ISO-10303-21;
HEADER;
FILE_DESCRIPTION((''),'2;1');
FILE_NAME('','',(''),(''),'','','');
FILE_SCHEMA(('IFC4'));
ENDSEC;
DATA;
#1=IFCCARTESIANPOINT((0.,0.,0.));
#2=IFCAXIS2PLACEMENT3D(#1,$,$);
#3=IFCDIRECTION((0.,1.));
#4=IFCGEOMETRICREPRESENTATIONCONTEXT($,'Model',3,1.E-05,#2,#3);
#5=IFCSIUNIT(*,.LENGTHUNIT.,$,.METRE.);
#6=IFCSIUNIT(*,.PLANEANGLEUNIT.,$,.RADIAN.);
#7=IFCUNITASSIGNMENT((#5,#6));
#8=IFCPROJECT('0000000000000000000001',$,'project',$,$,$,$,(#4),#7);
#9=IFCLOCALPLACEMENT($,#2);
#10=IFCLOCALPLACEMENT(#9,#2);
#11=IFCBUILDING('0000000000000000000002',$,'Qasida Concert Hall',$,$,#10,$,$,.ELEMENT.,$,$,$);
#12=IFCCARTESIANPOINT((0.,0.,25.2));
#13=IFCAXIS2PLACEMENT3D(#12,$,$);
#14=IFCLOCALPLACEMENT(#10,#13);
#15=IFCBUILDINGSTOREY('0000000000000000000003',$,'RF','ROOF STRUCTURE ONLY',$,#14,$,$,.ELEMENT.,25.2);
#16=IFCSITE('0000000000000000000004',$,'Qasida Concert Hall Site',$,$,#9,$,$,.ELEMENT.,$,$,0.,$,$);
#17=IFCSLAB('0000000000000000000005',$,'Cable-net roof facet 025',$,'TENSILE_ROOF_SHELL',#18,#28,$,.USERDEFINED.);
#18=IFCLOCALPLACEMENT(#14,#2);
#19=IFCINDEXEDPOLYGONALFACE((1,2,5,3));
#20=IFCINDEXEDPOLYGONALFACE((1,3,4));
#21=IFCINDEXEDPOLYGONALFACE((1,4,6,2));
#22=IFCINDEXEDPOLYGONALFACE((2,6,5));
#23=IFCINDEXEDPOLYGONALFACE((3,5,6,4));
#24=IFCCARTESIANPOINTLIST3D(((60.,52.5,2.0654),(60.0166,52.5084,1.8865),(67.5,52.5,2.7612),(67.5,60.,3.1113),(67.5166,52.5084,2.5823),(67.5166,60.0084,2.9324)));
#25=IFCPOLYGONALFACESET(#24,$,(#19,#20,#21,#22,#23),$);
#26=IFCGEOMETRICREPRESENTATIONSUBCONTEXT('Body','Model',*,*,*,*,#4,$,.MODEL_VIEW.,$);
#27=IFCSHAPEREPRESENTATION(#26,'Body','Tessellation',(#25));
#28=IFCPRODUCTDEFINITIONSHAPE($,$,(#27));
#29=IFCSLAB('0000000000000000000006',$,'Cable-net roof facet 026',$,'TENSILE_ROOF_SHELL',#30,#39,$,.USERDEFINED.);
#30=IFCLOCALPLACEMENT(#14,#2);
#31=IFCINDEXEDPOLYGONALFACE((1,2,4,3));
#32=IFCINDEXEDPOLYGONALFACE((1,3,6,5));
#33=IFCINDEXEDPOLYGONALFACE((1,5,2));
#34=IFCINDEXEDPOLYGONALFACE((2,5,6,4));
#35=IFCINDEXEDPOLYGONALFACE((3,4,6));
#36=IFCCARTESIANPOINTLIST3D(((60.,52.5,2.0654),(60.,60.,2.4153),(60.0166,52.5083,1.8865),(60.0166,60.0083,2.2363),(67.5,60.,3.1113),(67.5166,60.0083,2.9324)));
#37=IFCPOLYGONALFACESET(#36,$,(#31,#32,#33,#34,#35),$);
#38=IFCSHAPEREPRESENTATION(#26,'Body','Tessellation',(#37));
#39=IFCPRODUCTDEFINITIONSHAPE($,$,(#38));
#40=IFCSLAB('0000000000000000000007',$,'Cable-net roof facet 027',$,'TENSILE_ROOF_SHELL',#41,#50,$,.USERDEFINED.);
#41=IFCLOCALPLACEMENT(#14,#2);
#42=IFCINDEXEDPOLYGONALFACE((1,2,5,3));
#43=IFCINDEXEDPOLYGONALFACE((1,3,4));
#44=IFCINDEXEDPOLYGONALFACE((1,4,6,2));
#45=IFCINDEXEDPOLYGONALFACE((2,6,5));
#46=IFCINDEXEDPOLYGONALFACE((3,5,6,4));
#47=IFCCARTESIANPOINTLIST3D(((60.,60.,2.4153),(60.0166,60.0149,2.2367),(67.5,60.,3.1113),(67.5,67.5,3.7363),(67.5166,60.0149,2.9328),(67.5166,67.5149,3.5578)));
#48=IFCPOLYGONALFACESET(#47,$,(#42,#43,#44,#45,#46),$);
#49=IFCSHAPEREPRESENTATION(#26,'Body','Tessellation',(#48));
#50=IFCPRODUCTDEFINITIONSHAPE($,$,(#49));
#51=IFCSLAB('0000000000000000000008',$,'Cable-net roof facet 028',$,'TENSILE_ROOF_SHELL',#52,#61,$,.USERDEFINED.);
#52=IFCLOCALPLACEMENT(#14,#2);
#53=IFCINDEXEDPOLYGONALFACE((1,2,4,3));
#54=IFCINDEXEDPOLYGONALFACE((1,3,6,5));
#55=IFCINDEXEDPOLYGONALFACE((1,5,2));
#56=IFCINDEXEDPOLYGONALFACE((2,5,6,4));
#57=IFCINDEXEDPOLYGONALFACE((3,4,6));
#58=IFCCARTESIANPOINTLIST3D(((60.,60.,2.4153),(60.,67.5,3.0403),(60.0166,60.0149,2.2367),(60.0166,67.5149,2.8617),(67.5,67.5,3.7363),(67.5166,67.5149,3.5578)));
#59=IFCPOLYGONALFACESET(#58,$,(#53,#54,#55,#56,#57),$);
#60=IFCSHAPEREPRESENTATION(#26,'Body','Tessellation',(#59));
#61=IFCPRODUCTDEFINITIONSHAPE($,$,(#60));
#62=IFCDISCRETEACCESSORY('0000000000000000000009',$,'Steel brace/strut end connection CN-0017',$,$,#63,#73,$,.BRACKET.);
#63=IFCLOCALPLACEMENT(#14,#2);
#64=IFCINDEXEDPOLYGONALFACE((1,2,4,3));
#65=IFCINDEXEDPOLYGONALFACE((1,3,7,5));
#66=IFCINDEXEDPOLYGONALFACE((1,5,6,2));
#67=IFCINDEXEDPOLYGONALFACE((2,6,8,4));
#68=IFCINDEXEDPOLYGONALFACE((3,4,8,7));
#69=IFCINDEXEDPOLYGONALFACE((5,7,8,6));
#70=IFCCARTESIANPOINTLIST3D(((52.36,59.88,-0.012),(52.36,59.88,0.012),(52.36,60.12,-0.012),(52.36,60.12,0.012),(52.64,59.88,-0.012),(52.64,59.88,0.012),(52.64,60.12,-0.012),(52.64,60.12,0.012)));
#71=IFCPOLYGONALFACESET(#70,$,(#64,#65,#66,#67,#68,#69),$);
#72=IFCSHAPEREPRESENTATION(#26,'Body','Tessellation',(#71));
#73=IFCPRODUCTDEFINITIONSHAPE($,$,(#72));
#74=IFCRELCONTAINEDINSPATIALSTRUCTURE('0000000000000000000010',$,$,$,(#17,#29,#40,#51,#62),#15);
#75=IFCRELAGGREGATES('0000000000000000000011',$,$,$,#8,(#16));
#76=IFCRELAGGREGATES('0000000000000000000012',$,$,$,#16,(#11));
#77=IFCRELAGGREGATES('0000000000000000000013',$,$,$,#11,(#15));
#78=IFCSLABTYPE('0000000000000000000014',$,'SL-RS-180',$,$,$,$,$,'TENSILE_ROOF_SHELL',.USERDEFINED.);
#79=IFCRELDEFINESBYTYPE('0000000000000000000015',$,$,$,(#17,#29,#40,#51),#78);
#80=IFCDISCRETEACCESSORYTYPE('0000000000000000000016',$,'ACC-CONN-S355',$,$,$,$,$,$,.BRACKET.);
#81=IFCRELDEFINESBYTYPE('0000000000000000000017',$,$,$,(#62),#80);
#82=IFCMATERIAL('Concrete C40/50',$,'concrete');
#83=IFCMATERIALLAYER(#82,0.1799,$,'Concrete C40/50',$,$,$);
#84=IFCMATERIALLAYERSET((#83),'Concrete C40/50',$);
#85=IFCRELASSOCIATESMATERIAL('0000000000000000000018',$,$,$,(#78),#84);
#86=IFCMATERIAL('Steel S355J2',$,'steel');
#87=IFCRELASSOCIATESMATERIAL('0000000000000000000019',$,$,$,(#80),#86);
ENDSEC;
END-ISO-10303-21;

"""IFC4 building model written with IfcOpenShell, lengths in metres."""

from ifc_helpers import new_model, si_unit, direction, frame, origin, origin_2d, place, context, subcontext, project, spatial, polyline, rectangle, outline, extrude, material, layer, layer_set, type_object, element, save


model = new_model("IFC4")

# Units and contexts
model_context = context("Model", 3, precision=1e-05, world=origin(), true_north=direction((0.0, 1.0)))
body_context = subcontext(model_context, "Body", "Model", "MODEL_VIEW")
ifc_project = project(units=[si_unit("LENGTHUNIT", "METRE"), si_unit("PLANEANGLEUNIT", "RADIAN")], contexts=[model_context])

# Site, building, storey
site_placement = place(None, origin())
site = spatial("IfcSite", under=ifc_project, at=site_placement, Name="Qasida Concert Hall Site", CompositionType="ELEMENT", RefElevation=0.0)
building_placement = place(site_placement, origin())
building = spatial("IfcBuilding", under=site, at=building_placement, Name="Qasida Concert Hall", CompositionType="ELEMENT")
storey_placement = place(building_placement, frame((0.0, 0.0, 25.2)))
storey = spatial("IfcBuildingStorey", under=building, at=storey_placement, Name="RF", Description="ROOF STRUCTURE ONLY", CompositionType="ELEMENT", Elevation=25.2)

# Shared definitions
ifc_material_1 = material(Name="Steel S355J2", Category="steel")

# Slabs
ifc_material_2 = material(Name="Concrete C40/50", Category="concrete")
ifc_layer_1 = layer(ifc_material_2, 0.1799, Name="Concrete C40/50")
ifc_layer_set_1 = layer_set([ifc_layer_1], Name="Concrete C40/50")
slab_type = type_object("IfcSlabType", Name="SL-RS-180", ElementType="TENSILE_ROOF_SHELL", PredefinedType="USERDEFINED", material=ifc_layer_set_1)
slab_1_placement = place(storey_placement, frame((60.0, 52.5, 2.0654), z_axis=(-0.092277, -0.04643, 0.99465), x_axis=(0.995724, 0.0, 0.092377)))
element("IfcSlab", 1, at=slab_1_placement, inside=storey, type_object=slab_type, Name="Cable-net roof facet 025", ObjectType="TENSILE_ROOF_SHELL", PredefinedType="USERDEFINED", context=body_context, shape_type="SweptSolid", body=[
    extrude(outline(polyline([(0.0, 0.0), (7.5322, 0.0), (7.5645, 7.5081), (0.0, 0.0)])), origin(), (0.0, 0.0, -1.0), 0.1799),
])
slab_2_placement = place(storey_placement, frame((60.0, 52.5, 2.0654), z_axis=(-0.092309, -0.046398, 0.994649), x_axis=(0.703694, 0.703694, 0.098132)))
element("IfcSlab", 2, at=slab_2_placement, inside=storey, type_object=slab_type, Name="Cable-net roof facet 026", ObjectType="TENSILE_ROOF_SHELL", PredefinedType="USERDEFINED", context=body_context, shape_type="SweptSolid", body=[
    extrude(outline(polyline([(0.0, 0.0), (10.658, 0.0), (5.312, 5.3061), (0.0, 0.0)])), origin(), (0.0, 0.0, -1.0), 0.1799),
])
slab_3_placement = place(storey_placement, frame((60.0, 60.0, 2.4153), z_axis=(-0.092092, -0.082693, 0.992311), x_axis=(0.995721, 0.0, 0.092409)))
element("IfcSlab", 3, at=slab_3_placement, inside=storey, type_object=slab_type, Name="Cable-net roof facet 027", ObjectType="TENSILE_ROOF_SHELL", PredefinedType="USERDEFINED", context=body_context, shape_type="SweptSolid", body=[
    extrude(outline(polyline([(0.0, 0.0), (7.5322, 0.0), (7.59, 7.5258), (0.0, 0.0)])), origin(), (0.0, 0.0, -1.0), 0.1799),
])
slab_4_placement = place(storey_placement, frame((60.0, 60.0, 2.4153), z_axis=(-0.092092, -0.082693, 0.992311), x_axis=(0.701685, 0.701685, 0.123594)))
element("IfcSlab", 4, at=slab_4_placement, inside=storey, type_object=slab_type, Name="Cable-net roof facet 028", ObjectType="TENSILE_ROOF_SHELL", PredefinedType="USERDEFINED", context=body_context, shape_type="SweptSolid", body=[
    extrude(outline(polyline([(0.0, 0.0), (10.6886, 0.0), (5.3399, 5.3034), (0.0, 0.0)])), origin(), (0.0, 0.0, -1.0), 0.1799),
])

# Discrete accessory
discrete_accessory_type = type_object("IfcDiscreteAccessoryType", Name="ACC-CONN-S355", PredefinedType="BRACKET", material=ifc_material_1)
discrete_accessory_placement = place(storey_placement, frame((52.5, 60.0, -0.012), z_axis=(0.0, 0.0, 1.0), x_axis=(1.0, 0.0, 0.0)))
element("IfcDiscreteAccessory", 5, at=discrete_accessory_placement, inside=storey, type_object=discrete_accessory_type, Name="Steel brace/strut end connection CN-0017", PredefinedType="BRACKET", context=body_context, shape_type="SweptSolid", body=[
    extrude(rectangle(XDim=0.28, YDim=0.24, at=origin_2d()), origin(), (0.0, 0.0, 1.0), 0.0239),
])

save(model, "model.ifc")
